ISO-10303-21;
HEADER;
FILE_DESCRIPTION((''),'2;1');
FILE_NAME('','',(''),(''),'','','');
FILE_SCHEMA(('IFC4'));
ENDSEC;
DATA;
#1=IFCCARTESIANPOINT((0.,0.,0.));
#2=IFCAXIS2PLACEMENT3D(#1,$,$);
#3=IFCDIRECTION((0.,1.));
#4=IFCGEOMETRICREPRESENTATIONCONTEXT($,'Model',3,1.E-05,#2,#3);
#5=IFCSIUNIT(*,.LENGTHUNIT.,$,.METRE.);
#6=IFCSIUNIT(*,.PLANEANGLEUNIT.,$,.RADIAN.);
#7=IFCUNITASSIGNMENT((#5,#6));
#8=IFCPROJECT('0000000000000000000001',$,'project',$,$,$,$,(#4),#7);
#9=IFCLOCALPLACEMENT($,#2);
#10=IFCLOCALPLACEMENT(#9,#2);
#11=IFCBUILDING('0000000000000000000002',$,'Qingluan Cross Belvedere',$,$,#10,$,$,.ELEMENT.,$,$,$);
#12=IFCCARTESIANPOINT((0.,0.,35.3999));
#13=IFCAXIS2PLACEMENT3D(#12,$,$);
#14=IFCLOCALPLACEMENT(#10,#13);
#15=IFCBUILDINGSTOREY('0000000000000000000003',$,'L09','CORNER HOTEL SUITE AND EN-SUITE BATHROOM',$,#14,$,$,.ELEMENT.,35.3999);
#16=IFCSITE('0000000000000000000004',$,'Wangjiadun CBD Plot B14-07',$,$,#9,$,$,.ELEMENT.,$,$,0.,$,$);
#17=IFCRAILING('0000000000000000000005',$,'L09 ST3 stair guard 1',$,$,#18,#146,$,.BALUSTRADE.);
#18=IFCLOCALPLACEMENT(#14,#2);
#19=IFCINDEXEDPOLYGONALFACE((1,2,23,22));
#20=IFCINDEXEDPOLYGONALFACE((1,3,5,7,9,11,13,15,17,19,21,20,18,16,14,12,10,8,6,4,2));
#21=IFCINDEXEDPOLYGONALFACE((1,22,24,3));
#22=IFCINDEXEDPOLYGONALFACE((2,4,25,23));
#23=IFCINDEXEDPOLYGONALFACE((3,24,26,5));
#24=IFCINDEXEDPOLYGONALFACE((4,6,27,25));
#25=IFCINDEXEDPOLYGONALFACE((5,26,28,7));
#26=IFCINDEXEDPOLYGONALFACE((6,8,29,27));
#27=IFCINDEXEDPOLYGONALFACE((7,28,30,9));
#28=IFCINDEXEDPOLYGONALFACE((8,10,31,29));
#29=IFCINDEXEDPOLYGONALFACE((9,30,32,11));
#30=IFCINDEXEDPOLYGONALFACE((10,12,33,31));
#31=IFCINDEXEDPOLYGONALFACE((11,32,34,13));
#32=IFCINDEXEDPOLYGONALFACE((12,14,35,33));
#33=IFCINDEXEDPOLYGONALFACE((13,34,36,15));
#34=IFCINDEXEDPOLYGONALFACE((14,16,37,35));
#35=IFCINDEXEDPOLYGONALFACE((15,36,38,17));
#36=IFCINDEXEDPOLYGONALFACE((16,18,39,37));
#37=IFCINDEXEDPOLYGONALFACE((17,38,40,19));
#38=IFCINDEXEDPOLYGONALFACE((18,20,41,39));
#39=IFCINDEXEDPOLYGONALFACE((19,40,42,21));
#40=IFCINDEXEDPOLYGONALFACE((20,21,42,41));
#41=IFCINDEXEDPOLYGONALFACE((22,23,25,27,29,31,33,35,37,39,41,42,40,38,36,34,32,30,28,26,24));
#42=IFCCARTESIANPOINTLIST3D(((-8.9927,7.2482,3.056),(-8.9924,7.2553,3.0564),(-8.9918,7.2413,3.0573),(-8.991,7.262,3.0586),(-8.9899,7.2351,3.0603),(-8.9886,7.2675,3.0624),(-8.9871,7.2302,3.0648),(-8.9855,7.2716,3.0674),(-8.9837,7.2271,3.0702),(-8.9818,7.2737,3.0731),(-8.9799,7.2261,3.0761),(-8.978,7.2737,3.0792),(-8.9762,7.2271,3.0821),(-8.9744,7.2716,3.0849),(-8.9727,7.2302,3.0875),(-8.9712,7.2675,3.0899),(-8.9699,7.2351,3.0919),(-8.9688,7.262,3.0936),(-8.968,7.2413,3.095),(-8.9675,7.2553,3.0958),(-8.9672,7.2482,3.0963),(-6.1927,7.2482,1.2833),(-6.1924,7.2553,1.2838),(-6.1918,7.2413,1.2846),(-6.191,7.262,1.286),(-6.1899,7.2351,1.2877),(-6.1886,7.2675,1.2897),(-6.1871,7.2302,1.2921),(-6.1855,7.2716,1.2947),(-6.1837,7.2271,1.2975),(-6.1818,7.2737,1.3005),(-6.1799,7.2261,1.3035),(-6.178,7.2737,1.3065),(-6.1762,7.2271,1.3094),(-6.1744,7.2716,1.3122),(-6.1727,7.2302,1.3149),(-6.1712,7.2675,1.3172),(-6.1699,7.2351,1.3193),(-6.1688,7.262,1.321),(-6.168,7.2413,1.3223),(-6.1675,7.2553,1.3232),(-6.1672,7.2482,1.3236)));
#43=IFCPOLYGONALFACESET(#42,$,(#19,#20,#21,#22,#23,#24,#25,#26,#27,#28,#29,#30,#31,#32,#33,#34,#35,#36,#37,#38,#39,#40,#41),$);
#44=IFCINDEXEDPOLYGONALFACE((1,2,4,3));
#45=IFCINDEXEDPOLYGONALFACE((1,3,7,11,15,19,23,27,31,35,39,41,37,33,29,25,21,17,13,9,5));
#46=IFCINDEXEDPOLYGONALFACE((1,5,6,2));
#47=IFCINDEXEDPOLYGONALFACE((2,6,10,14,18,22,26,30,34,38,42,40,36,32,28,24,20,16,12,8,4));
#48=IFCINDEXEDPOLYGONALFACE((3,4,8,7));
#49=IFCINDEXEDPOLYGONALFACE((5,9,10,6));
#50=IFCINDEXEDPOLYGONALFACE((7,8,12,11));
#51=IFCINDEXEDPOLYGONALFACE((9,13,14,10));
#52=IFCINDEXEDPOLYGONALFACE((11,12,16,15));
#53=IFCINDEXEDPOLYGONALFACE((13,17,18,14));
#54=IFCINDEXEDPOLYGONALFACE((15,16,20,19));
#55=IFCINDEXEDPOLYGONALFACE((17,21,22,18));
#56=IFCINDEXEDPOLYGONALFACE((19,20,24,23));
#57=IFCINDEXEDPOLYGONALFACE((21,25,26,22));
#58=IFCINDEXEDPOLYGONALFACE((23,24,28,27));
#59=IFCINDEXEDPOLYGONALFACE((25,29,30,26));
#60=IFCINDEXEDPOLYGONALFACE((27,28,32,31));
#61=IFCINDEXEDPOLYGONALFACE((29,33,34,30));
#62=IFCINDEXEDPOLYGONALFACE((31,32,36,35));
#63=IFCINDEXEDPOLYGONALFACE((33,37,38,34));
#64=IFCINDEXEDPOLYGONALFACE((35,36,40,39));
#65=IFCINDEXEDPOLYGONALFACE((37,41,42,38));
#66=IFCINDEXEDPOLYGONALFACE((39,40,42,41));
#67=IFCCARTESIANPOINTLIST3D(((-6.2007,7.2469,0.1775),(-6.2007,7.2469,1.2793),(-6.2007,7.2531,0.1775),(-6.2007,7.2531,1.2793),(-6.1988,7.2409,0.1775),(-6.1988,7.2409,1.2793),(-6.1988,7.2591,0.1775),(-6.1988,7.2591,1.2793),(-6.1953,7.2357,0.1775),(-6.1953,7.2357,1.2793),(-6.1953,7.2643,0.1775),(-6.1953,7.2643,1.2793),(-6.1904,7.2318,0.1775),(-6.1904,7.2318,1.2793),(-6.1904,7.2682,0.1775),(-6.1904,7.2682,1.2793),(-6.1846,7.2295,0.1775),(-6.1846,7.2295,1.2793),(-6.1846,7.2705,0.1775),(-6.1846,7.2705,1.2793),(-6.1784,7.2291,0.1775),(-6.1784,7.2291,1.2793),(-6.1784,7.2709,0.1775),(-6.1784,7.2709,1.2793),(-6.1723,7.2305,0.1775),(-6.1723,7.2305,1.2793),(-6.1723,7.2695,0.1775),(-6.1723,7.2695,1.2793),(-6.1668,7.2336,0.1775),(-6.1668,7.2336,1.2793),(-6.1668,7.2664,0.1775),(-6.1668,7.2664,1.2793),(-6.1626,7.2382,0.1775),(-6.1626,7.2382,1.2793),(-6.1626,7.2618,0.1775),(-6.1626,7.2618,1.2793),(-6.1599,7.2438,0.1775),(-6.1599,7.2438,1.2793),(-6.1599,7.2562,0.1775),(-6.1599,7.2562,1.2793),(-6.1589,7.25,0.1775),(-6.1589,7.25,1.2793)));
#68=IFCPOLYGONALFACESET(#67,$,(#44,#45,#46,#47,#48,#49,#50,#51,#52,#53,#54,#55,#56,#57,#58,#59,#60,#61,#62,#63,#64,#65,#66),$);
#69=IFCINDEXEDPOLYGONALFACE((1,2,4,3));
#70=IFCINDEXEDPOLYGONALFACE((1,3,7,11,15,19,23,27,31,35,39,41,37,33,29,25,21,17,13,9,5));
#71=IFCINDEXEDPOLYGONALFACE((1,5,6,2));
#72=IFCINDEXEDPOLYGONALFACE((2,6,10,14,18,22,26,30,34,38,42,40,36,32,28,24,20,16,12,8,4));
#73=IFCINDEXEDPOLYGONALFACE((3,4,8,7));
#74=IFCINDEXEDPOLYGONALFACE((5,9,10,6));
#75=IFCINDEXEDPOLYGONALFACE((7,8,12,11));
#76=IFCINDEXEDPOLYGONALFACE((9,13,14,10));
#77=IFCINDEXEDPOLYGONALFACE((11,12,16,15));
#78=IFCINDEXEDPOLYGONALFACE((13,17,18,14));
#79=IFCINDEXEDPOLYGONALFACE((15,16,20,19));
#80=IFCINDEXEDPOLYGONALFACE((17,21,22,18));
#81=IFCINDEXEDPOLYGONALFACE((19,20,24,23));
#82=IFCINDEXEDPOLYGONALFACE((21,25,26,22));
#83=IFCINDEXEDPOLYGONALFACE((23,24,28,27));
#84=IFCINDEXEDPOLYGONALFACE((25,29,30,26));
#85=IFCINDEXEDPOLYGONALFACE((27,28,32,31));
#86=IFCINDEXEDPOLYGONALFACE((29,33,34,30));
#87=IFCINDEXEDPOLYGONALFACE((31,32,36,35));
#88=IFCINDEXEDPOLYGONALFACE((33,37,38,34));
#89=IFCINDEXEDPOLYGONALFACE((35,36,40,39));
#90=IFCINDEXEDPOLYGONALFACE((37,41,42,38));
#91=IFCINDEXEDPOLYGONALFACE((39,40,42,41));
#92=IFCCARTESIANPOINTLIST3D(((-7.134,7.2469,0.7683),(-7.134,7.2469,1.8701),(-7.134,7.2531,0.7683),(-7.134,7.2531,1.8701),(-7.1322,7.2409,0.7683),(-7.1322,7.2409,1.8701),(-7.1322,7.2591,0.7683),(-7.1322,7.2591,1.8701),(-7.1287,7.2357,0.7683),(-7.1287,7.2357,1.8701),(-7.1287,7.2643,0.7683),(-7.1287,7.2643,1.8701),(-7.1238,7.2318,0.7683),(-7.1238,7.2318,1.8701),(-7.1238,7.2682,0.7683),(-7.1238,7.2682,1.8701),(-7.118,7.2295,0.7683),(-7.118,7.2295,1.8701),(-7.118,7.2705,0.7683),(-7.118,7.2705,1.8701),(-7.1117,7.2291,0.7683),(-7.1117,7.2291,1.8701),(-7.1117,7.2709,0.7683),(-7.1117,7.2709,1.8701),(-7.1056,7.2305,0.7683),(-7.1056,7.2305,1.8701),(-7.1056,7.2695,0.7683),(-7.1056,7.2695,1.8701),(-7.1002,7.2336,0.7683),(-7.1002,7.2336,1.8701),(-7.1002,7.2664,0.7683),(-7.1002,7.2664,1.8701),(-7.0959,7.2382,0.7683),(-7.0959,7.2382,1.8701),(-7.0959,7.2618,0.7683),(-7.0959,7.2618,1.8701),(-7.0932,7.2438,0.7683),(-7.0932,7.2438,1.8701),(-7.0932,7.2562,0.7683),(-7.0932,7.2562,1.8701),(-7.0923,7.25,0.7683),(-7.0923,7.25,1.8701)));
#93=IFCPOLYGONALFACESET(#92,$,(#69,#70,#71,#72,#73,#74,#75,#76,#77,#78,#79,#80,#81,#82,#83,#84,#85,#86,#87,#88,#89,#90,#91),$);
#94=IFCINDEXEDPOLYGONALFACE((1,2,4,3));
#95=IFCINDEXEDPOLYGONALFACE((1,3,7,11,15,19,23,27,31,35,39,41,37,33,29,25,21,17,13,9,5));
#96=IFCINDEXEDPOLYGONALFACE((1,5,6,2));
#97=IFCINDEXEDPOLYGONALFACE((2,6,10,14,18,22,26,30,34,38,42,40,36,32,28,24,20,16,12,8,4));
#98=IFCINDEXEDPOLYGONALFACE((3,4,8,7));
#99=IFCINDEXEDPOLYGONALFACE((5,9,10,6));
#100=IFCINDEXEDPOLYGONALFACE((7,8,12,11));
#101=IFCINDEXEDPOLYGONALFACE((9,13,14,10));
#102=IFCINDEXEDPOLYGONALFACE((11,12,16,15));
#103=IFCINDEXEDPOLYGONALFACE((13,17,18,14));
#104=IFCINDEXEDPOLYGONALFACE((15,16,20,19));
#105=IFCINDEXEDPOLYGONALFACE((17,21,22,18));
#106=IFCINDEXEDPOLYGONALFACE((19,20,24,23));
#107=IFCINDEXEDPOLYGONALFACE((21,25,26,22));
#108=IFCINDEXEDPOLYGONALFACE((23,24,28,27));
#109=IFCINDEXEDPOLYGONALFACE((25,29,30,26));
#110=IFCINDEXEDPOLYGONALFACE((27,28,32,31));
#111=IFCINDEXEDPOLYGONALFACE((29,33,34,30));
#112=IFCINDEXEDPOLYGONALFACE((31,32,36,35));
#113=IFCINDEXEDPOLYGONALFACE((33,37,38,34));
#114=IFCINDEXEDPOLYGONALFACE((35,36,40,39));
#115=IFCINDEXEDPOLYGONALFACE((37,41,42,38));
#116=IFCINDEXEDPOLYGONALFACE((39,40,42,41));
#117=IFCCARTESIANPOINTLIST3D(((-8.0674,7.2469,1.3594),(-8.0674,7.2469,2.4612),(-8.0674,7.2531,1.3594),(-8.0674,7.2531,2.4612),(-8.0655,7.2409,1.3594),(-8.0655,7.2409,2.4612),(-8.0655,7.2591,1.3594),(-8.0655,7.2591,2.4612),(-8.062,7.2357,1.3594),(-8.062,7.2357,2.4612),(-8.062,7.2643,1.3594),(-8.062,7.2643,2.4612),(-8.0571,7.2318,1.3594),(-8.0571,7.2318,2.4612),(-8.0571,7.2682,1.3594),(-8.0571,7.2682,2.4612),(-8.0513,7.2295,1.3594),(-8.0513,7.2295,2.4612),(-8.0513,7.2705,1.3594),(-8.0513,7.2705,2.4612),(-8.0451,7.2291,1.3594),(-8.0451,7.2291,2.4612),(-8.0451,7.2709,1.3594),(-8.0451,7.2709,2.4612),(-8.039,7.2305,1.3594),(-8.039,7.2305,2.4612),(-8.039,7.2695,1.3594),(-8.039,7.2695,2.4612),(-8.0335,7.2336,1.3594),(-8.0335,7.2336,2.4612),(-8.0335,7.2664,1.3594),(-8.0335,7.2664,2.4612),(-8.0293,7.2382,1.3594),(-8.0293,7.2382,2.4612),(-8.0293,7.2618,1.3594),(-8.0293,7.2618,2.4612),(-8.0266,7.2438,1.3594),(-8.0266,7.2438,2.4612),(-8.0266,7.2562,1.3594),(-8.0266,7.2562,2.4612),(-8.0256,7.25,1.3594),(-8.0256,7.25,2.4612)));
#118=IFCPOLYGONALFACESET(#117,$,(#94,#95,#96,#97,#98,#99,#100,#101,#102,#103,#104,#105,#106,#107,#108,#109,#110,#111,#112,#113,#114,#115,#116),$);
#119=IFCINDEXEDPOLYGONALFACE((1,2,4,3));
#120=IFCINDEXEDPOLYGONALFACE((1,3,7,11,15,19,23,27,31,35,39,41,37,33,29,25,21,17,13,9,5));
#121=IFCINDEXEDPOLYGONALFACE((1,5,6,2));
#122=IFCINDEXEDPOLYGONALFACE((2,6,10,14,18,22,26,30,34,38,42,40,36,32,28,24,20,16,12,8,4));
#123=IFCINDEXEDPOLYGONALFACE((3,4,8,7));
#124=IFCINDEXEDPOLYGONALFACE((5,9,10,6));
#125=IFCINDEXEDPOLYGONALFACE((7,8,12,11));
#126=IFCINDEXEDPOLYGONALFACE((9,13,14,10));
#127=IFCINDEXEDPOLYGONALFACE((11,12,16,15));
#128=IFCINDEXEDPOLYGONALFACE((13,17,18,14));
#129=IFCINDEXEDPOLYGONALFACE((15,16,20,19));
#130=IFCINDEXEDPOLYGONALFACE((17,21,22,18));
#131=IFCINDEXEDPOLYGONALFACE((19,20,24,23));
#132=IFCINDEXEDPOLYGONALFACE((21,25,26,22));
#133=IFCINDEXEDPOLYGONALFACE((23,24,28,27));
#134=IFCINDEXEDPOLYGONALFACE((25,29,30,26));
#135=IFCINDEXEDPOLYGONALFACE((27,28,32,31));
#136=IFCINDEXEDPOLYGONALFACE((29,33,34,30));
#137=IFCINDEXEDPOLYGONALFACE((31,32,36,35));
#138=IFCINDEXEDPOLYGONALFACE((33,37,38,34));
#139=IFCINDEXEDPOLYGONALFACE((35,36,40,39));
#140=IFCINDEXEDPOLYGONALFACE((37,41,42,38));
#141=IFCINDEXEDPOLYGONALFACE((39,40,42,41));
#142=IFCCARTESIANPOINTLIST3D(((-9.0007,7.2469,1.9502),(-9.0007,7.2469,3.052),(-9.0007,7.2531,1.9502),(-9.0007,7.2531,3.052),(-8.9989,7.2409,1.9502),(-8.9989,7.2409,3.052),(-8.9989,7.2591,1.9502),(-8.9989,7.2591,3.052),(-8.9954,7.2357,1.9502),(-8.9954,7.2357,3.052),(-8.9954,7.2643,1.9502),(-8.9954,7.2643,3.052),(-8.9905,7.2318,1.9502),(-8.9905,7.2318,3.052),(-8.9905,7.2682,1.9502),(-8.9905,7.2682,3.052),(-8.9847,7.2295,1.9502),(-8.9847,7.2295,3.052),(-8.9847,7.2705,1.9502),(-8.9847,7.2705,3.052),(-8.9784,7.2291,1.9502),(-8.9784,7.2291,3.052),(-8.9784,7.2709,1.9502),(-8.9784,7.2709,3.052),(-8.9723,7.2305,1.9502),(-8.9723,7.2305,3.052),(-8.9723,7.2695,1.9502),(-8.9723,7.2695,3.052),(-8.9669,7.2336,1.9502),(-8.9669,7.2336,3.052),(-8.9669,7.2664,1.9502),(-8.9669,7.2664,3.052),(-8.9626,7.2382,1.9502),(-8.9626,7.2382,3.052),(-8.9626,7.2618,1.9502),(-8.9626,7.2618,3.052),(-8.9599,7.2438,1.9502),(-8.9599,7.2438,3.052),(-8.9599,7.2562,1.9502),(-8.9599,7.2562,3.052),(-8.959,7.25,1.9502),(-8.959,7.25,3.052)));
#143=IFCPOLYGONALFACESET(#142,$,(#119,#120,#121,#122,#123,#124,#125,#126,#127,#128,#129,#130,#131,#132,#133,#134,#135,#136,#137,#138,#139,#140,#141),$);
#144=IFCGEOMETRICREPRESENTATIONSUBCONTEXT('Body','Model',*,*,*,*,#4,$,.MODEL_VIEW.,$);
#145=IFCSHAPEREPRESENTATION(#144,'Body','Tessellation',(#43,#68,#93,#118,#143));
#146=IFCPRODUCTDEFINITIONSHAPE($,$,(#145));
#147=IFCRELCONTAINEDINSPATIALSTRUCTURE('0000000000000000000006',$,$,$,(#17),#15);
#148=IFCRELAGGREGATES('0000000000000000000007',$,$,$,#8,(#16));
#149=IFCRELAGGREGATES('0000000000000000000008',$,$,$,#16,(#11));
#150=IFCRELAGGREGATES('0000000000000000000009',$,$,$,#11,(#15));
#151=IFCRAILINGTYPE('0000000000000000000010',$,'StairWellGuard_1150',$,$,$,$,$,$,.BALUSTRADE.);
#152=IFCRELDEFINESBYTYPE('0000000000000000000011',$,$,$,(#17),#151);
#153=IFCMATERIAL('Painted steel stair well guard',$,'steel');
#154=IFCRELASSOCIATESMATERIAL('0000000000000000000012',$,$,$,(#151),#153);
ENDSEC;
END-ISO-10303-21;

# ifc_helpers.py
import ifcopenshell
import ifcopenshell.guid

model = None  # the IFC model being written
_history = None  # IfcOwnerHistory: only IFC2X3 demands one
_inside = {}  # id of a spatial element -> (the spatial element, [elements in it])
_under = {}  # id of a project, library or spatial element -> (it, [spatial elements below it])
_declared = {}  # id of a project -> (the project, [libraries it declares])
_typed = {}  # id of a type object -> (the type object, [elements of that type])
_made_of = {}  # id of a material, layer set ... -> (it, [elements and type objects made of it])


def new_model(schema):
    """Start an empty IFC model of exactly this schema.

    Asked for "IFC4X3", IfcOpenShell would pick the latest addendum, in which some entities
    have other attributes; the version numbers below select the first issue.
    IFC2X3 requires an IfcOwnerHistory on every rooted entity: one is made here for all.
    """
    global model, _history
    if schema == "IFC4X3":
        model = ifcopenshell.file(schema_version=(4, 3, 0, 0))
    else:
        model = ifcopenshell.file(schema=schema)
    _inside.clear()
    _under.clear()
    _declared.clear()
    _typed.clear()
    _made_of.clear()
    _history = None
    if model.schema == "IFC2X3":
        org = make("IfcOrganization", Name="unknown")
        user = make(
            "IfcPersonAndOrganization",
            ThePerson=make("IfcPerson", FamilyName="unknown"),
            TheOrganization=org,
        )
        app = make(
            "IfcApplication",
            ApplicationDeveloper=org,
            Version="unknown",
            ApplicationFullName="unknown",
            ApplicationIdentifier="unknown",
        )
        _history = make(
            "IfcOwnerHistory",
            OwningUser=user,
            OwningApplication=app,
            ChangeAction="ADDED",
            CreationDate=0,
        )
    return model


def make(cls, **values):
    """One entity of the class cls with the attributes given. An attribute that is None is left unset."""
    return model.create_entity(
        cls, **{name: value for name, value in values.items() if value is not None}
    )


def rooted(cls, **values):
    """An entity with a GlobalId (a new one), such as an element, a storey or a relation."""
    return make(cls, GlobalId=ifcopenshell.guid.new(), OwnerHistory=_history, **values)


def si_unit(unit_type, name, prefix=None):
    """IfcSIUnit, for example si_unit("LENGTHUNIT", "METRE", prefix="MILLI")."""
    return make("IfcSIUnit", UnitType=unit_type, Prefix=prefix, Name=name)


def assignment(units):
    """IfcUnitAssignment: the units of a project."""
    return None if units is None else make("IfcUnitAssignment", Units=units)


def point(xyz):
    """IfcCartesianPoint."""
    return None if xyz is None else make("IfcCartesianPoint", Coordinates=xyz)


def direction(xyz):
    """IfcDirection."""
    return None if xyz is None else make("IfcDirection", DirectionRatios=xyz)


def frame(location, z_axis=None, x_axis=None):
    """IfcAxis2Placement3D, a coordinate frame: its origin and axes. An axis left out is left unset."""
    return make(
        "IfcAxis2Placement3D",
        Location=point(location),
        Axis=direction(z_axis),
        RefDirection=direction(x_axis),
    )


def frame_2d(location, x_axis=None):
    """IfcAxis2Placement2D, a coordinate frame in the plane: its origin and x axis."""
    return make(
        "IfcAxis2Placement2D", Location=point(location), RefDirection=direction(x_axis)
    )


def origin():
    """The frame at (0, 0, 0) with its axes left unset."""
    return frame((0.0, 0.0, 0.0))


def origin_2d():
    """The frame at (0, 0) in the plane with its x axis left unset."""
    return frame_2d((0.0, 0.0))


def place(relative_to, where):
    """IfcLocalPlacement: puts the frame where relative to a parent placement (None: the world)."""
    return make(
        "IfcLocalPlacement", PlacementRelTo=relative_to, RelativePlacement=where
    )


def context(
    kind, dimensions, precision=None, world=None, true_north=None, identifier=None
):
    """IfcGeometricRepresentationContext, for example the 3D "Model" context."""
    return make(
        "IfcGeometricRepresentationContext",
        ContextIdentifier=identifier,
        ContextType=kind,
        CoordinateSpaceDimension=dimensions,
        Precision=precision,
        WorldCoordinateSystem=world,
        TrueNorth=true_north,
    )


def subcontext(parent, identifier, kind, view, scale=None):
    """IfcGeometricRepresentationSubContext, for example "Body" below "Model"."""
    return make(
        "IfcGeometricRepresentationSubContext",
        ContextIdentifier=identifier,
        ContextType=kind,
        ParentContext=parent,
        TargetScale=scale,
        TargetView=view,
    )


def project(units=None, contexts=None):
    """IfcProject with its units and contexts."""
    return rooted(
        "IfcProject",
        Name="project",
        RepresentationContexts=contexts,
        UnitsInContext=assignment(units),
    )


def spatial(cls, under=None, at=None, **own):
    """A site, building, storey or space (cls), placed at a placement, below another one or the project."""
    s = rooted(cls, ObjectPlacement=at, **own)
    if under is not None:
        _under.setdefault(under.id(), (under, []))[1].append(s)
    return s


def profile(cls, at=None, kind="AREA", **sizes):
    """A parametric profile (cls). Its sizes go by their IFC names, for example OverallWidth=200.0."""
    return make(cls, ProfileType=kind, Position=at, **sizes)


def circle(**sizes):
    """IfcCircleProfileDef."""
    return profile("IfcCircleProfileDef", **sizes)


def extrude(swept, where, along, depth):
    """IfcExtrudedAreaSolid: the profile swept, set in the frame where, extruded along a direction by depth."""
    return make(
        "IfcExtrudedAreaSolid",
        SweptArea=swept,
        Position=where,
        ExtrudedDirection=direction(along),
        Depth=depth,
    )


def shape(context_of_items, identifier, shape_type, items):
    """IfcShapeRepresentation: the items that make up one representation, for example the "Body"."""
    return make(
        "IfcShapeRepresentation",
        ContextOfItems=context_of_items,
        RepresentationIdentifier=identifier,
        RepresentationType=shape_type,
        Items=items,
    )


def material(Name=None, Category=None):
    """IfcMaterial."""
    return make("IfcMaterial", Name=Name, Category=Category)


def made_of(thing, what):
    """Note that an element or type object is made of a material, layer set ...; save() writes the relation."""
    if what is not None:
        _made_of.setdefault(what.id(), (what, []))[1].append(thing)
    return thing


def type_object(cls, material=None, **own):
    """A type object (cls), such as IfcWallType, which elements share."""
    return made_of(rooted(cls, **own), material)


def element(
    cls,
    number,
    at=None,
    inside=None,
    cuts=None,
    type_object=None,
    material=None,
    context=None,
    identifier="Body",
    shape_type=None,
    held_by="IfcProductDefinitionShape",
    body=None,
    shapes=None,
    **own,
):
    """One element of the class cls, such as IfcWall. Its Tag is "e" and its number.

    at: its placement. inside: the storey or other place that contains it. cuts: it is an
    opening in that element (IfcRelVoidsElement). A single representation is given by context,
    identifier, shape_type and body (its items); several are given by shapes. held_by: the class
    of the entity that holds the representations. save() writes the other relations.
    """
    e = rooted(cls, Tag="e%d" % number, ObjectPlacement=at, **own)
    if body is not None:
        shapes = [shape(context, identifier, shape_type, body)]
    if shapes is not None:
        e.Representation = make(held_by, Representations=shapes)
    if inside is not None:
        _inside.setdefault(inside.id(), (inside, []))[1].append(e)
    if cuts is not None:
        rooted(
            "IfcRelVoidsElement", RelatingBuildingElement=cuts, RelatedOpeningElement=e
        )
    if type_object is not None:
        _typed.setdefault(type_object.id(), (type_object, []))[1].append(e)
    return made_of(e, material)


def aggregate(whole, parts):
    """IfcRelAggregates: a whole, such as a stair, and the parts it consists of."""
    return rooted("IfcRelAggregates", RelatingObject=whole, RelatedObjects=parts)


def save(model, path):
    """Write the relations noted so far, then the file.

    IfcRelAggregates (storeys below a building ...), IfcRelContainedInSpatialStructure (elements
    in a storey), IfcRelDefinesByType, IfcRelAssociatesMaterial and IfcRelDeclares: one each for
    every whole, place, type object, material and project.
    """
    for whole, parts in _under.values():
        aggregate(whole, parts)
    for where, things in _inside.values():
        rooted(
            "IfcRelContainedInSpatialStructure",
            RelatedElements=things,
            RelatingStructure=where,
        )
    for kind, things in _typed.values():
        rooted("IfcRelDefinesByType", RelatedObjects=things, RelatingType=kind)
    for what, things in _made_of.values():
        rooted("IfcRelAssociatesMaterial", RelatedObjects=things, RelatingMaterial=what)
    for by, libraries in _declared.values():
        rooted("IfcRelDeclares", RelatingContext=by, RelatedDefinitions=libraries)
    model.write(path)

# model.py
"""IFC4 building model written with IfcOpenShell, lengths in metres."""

from ifc_helpers import new_model, si_unit, direction, frame, origin, origin_2d, place, context, subcontext, project, spatial, circle, extrude, material, type_object, element, save


model = new_model("IFC4")

# Units and contexts
model_context = context("Model", 3, precision=1e-05, world=origin(), true_north=direction((0.0, 1.0)))
body_context = subcontext(model_context, "Body", "Model", "MODEL_VIEW")
ifc_project = project(units=[si_unit("LENGTHUNIT", "METRE"), si_unit("PLANEANGLEUNIT", "RADIAN")], contexts=[model_context])

# Site, building, storey
site_placement = place(None, origin())
site = spatial("IfcSite", under=ifc_project, at=site_placement, Name="Wangjiadun CBD Plot B14-07", CompositionType="ELEMENT", RefElevation=0.0)
building_placement = place(site_placement, origin())
building = spatial("IfcBuilding", under=site, at=building_placement, Name="Qingluan Cross Belvedere", CompositionType="ELEMENT")
storey_placement = place(building_placement, frame((0.0, 0.0, 35.3999)))
storey = spatial("IfcBuildingStorey", under=building, at=storey_placement, Name="L09", Description="CORNER HOTEL SUITE AND EN-SUITE BATHROOM", CompositionType="ELEMENT", Elevation=35.3999)

# Railing
ifc_material_1 = material(Name="Painted steel stair well guard", Category="steel")
railing_type_1 = type_object("IfcRailingType", Name="StairWellGuard_1150", PredefinedType="BALUSTRADE", material=ifc_material_1)
railing_1_placement = place(storey_placement, frame((-6.1799, 7.25, 0.1775)))
element("IfcRailing", 1, at=railing_1_placement, inside=storey, type_object=railing_type_1, Name="L09 ST3 stair guard 1", PredefinedType="BALUSTRADE", context=body_context, shape_type="SweptSolid", body=[
    extrude(circle(Radius=0.0239, at=origin_2d()), frame((0.0, 0.0, 1.126), z_axis=(-0.844909, 0.0, 0.53491), x_axis=(0.0, -1.0, 0.0)), (0.0, 0.0, 1.0), 3.314),
    extrude(circle(Radius=0.021, at=origin_2d()), origin(), (0.0, 0.0, 1.0), 1.1018),
    extrude(circle(Radius=0.021, at=origin_2d()), frame((-0.9333, 0.0, 0.5908)), (0.0, 0.0, 1.0), 1.1018),
    extrude(circle(Radius=0.021, at=origin_2d()), frame((-1.8667, 0.0, 1.1819)), (0.0, 0.0, 1.0), 1.1018),
    extrude(circle(Radius=0.021, at=origin_2d()), frame((-2.8, 0.0, 1.7727)), (0.0, 0.0, 1.0), 1.1018),
])

save(model, "model.ifc")
